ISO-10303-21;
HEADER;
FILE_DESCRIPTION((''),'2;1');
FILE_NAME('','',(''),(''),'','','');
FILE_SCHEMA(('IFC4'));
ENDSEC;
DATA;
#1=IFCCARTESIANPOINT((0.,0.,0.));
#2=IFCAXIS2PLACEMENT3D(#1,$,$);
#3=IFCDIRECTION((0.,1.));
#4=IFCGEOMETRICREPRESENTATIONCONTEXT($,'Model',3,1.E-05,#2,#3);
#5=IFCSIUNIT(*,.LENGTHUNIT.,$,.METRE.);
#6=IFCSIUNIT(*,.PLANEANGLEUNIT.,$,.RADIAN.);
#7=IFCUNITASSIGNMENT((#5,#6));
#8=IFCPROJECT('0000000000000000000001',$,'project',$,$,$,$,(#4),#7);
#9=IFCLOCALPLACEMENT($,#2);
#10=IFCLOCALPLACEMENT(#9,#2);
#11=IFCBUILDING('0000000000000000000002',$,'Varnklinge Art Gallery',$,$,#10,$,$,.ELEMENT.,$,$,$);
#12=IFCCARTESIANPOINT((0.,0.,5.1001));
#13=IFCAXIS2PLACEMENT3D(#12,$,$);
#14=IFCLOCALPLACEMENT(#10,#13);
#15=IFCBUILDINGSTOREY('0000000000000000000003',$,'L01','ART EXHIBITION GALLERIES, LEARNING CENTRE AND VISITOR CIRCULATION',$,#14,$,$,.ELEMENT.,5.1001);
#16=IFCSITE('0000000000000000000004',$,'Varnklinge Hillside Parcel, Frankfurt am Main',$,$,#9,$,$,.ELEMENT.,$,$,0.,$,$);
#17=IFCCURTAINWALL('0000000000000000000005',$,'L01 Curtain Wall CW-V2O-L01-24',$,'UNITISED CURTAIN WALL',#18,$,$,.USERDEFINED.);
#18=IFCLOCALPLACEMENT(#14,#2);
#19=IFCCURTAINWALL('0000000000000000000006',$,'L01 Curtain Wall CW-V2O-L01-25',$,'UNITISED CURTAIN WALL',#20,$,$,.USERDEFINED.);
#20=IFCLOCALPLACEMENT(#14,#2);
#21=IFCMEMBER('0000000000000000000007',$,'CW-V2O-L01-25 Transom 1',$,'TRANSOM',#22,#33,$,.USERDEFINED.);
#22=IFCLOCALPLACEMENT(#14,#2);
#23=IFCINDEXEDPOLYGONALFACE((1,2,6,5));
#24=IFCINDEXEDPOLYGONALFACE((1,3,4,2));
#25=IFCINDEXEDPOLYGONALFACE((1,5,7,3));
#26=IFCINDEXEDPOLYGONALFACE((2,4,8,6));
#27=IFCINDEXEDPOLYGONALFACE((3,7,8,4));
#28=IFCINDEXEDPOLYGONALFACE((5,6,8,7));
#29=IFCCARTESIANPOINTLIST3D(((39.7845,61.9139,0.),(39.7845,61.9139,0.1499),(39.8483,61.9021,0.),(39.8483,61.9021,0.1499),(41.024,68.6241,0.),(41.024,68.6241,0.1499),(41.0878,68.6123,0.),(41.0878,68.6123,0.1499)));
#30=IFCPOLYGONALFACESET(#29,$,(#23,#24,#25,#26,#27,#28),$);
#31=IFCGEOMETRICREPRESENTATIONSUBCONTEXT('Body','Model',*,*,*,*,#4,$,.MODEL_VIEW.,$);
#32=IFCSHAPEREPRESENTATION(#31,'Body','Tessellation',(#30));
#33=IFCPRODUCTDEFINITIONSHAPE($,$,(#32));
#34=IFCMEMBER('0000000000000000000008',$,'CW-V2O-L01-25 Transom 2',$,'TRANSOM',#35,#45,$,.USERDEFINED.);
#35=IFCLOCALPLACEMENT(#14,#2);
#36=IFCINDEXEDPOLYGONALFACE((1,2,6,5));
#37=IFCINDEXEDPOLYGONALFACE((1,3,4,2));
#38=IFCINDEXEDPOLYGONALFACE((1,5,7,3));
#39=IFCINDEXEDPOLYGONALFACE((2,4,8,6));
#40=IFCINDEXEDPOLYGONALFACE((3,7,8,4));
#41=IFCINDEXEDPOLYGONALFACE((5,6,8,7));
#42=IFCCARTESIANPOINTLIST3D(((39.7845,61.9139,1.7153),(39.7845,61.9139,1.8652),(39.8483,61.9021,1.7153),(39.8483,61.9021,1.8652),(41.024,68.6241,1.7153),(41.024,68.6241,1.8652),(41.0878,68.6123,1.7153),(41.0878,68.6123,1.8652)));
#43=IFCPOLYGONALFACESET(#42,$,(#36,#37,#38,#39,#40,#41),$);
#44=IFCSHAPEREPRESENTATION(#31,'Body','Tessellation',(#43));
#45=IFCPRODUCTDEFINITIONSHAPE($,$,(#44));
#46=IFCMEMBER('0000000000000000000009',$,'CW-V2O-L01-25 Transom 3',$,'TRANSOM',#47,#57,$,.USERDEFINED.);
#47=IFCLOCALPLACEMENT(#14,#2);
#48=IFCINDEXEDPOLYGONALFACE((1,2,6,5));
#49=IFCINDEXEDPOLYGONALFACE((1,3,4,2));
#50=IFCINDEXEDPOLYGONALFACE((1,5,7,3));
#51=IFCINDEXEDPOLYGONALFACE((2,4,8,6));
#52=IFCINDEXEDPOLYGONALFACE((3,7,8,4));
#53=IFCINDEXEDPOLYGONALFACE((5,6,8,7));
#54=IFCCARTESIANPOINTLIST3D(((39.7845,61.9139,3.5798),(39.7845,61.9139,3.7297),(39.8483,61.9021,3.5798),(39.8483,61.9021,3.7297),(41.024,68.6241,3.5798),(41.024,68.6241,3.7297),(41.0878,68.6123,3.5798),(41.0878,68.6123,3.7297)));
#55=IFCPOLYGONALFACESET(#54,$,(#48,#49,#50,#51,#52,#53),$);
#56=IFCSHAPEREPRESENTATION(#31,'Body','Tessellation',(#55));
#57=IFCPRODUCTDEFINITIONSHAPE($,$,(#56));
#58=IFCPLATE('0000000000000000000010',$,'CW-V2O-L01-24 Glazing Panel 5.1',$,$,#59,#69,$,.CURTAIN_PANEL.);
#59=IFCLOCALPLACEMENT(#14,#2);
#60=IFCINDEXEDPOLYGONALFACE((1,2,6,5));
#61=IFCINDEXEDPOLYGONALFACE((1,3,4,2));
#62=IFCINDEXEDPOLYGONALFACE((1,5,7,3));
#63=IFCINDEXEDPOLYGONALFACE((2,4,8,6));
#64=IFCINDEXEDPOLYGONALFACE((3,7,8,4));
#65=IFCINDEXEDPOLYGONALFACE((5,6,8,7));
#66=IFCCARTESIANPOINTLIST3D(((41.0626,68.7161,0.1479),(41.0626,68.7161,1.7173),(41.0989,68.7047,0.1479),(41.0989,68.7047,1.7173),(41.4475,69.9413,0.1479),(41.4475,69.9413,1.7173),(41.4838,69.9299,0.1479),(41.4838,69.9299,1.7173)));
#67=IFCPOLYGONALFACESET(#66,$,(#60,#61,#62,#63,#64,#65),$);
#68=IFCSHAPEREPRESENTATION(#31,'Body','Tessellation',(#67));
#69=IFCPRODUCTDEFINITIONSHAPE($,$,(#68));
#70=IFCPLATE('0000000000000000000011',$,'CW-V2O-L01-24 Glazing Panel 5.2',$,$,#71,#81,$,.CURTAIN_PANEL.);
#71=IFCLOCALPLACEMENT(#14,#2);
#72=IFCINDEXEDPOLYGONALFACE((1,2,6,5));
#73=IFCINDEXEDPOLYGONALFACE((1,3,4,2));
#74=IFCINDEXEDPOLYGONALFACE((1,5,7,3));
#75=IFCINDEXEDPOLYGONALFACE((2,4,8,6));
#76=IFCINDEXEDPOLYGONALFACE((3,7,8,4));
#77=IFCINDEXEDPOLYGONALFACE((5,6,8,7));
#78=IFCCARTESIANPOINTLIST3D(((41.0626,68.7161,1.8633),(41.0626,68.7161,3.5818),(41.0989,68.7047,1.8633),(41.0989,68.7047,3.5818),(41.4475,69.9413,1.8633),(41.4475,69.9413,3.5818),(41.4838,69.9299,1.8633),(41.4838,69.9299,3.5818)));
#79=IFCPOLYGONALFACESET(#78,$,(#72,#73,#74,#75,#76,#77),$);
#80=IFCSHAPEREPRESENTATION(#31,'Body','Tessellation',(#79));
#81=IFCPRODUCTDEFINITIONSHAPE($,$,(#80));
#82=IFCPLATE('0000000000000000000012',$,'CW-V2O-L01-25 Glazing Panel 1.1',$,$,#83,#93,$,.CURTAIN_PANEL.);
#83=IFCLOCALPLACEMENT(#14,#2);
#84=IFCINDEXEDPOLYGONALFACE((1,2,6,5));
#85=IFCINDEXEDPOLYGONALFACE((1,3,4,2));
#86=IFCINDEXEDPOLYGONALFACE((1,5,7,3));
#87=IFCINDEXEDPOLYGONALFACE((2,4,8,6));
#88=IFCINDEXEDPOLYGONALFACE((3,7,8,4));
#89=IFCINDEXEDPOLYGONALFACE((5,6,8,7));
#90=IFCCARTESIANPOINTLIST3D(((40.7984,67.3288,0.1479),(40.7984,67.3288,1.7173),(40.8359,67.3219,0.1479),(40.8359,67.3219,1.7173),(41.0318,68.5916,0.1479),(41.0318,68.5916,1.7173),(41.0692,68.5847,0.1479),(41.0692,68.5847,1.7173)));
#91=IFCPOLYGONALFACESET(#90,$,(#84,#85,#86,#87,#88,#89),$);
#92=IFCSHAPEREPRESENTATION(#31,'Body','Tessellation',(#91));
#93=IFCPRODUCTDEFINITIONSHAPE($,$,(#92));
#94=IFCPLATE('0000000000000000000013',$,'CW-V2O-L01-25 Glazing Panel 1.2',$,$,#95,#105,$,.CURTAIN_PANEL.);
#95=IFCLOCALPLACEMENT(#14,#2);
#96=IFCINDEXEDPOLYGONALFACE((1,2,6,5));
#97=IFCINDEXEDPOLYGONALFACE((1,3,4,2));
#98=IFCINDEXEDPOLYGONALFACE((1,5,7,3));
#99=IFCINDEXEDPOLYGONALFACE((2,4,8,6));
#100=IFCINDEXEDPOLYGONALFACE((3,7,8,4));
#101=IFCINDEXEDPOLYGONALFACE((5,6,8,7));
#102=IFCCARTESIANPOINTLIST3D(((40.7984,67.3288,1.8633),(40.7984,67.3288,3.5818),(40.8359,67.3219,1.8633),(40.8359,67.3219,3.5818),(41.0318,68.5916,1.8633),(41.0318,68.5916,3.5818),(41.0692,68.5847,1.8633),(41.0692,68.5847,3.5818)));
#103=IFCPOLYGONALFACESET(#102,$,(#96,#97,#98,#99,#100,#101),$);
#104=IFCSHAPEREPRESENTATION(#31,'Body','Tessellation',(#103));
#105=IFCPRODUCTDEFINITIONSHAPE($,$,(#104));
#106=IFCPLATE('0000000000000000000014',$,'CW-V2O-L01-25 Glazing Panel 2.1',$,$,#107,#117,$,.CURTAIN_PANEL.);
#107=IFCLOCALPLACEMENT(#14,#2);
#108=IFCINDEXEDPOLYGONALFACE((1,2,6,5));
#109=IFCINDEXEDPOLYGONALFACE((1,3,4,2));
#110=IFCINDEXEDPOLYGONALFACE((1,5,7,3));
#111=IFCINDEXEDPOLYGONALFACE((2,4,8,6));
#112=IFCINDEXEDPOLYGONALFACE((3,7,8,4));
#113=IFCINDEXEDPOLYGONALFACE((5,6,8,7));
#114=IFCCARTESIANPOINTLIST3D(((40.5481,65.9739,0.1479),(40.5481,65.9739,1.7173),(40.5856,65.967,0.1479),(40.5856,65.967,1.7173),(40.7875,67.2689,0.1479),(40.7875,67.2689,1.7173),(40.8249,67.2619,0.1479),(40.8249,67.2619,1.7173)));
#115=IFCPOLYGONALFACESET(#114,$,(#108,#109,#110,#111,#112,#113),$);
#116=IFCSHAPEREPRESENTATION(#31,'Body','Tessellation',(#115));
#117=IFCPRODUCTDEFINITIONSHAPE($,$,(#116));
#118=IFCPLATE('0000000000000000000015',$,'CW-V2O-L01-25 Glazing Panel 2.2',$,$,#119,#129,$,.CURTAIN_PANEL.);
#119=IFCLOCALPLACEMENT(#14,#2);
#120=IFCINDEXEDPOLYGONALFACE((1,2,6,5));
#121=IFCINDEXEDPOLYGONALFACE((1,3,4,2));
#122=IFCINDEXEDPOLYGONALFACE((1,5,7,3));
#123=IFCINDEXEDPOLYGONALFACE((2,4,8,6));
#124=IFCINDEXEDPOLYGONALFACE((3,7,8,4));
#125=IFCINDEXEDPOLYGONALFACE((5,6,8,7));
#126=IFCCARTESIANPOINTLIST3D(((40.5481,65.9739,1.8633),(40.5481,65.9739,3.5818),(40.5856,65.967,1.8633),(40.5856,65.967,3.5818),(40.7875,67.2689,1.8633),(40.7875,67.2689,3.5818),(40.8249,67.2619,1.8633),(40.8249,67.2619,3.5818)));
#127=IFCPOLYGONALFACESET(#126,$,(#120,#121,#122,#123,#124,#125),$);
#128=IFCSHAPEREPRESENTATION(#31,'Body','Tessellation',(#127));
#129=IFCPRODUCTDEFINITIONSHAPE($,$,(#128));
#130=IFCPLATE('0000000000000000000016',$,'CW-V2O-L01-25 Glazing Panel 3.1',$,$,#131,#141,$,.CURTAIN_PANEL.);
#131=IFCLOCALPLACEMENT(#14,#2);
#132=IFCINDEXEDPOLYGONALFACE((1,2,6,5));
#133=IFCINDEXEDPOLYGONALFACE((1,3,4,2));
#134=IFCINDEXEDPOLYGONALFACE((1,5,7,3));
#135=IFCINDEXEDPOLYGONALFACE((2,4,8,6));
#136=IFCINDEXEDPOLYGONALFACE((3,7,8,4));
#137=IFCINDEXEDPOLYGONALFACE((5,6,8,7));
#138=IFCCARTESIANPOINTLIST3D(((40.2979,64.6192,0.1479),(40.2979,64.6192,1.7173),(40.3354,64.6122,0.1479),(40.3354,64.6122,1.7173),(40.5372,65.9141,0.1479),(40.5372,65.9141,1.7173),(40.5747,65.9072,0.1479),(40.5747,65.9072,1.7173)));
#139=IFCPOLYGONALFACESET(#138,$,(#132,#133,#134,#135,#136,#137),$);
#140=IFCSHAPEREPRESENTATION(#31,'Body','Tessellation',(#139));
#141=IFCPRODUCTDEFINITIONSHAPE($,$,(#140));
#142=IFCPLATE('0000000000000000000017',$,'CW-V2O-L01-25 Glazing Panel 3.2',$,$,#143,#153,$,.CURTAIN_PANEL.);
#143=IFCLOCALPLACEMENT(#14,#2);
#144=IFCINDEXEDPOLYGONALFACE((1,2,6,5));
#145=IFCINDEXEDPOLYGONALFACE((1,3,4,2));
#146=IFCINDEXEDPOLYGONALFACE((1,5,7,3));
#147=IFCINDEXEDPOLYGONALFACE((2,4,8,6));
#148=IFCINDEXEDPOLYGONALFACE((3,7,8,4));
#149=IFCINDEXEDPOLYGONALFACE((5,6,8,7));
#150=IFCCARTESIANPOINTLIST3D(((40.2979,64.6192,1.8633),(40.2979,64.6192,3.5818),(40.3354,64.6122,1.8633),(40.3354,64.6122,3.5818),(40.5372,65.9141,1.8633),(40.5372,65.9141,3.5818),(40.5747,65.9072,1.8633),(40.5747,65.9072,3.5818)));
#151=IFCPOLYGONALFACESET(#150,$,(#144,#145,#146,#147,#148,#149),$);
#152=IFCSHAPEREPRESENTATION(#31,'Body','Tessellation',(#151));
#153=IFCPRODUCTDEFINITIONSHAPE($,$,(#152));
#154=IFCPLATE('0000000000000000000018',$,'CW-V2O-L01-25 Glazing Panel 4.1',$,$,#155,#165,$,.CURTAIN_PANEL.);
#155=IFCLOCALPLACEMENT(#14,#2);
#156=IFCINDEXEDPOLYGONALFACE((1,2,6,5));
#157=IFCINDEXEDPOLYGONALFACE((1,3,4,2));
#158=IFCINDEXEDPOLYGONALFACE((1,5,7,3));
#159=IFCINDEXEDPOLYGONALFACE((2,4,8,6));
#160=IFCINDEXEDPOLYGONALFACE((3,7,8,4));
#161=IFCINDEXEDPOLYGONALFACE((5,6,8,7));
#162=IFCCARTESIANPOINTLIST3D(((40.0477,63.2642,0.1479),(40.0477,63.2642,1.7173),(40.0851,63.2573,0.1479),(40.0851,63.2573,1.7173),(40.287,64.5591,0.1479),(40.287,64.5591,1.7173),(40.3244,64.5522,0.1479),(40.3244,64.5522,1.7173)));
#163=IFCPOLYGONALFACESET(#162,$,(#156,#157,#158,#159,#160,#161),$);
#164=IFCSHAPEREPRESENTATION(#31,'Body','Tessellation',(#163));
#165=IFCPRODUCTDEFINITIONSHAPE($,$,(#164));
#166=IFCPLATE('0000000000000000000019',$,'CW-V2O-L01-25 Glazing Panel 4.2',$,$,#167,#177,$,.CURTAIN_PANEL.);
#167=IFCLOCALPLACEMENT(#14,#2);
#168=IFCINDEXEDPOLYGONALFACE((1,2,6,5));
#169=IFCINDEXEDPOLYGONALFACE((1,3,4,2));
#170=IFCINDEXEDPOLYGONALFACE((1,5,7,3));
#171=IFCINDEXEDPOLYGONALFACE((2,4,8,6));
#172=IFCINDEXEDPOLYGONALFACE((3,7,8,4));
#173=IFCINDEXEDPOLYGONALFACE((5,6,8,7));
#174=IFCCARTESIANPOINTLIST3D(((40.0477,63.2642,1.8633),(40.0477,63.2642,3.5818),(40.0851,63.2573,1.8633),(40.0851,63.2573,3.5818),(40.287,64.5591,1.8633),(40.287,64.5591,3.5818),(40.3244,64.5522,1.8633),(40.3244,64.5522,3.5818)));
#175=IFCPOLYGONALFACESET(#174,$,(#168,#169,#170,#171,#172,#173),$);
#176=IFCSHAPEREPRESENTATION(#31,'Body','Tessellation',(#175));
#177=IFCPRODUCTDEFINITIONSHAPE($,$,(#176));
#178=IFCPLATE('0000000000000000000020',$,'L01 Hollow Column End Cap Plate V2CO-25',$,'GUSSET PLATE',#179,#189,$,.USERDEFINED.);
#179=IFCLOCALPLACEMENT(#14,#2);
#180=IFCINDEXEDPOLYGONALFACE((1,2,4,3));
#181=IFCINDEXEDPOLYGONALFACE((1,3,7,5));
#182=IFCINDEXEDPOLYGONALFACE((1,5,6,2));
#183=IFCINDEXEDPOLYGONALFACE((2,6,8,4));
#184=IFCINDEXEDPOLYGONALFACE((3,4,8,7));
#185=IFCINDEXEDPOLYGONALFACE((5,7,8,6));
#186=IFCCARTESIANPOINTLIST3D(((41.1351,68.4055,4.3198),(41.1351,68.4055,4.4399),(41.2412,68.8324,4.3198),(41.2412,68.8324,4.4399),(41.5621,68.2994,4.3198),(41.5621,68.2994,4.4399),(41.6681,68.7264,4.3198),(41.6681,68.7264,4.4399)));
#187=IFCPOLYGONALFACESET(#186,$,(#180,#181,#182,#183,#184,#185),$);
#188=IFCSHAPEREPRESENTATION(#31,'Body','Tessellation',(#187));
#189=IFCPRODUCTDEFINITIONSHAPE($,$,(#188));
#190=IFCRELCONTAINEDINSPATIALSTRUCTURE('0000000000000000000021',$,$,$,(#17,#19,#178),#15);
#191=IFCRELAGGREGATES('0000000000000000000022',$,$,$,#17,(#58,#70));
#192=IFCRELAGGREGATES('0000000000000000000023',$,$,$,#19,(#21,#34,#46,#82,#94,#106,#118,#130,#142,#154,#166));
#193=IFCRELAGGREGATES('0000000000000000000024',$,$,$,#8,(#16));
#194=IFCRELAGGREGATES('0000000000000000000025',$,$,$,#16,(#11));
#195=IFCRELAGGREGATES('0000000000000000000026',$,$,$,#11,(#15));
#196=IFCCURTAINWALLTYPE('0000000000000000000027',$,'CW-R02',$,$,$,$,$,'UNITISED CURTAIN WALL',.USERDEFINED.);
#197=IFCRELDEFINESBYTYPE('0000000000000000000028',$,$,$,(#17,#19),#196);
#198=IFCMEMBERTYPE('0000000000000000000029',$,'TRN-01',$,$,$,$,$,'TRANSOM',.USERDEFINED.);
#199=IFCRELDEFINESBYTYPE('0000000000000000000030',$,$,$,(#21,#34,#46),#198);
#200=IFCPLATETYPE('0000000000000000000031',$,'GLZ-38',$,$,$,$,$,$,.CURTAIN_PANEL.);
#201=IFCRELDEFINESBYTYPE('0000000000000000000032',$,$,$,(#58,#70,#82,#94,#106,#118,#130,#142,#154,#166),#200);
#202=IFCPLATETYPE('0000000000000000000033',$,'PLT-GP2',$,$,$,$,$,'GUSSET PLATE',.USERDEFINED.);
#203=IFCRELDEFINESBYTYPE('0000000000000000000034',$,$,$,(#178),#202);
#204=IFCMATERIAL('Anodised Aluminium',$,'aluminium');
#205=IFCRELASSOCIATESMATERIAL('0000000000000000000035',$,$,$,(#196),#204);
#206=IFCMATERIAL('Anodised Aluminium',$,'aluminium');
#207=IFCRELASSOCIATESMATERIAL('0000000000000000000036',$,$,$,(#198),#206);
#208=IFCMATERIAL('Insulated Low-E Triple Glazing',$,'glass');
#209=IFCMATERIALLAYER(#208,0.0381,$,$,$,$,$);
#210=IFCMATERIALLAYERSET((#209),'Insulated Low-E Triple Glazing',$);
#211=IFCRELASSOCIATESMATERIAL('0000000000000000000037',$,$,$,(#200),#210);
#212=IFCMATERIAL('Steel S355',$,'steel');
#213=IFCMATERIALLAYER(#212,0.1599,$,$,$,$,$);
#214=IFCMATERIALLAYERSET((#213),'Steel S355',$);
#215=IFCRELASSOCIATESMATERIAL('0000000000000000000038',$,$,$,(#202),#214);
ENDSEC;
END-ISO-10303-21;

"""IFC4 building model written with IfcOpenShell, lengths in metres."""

from ifc_helpers import new_model, si_unit, direction, frame, origin, origin_2d, place, context, subcontext, project, spatial, rectangle, extrude, material, layer, layer_set, material_profile, profile_set, type_object, element, aggregate, save


model = new_model("IFC4")

# Units and contexts
model_context = context("Model", 3, precision=1e-05, world=origin(), true_north=direction((0.0, 1.0)))
body_context = subcontext(model_context, "Body", "Model", "MODEL_VIEW")
ifc_project = project(units=[si_unit("LENGTHUNIT", "METRE"), si_unit("PLANEANGLEUNIT", "RADIAN")], contexts=[model_context])

# Site, building, storey
site_placement = place(None, origin())
site = spatial("IfcSite", under=ifc_project, at=site_placement, Name="Varnklinge Hillside Parcel, Frankfurt am Main", CompositionType="ELEMENT", RefElevation=0.0)
building_placement = place(site_placement, origin())
building = spatial("IfcBuilding", under=site, at=building_placement, Name="Varnklinge Art Gallery", CompositionType="ELEMENT")
storey_placement = place(building_placement, frame((0.0, 0.0, 5.1001)))
storey = spatial("IfcBuildingStorey", under=building, at=storey_placement, Name="L01", Description="ART EXHIBITION GALLERIES, LEARNING CENTRE AND VISITOR CIRCULATION", CompositionType="ELEMENT", Elevation=5.1001)

# Curtain walls
ifc_material_1 = material(Name="Anodised Aluminium", Category="aluminium")
curtain_wall_type = type_object("IfcCurtainWallType", Name="CW-R02", ElementType="UNITISED CURTAIN WALL", PredefinedType="USERDEFINED", material=ifc_material_1)
curtain_wall_1_placement = place(storey_placement, origin())
curtain_wall_1 = element("IfcCurtainWall", 1, at=curtain_wall_1_placement, inside=storey, type_object=curtain_wall_type, Name="L01 Curtain Wall CW-V2O-L01-24", ObjectType="UNITISED CURTAIN WALL", PredefinedType="USERDEFINED")
curtain_wall_2_placement = place(storey_placement, origin())
curtain_wall_2 = element("IfcCurtainWall", 2, at=curtain_wall_2_placement, inside=storey, type_object=curtain_wall_type, Name="L01 Curtain Wall CW-V2O-L01-25", ObjectType="UNITISED CURTAIN WALL", PredefinedType="USERDEFINED")

# Members
ifc_material_2 = material(Name="Anodised Aluminium", Category="aluminium")
ifc_material_profile_1 = material_profile(ifc_material_2, rectangle(XDim=0.0649, YDim=0.1499, at=origin_2d()), Name="ALU 65x150")
ifc_profile_set_1 = profile_set([ifc_material_profile_1], Name="Anodised Aluminium")
member_type_1 = type_object("IfcMemberType", Name="TRN-01", ElementType="TRANSOM", PredefinedType="USERDEFINED", material=ifc_profile_set_1)
member_1_placement = place(storey_placement, frame((41.0559, 68.6182, 0.075), z_axis=(-0.181646, -0.983364, 0.0), x_axis=(0.983364, -0.181646, 0.0)))
member_1 = element("IfcMember", 3, at=member_1_placement, type_object=member_type_1, Name="CW-V2O-L01-25 Transom 1", ObjectType="TRANSOM", PredefinedType="USERDEFINED", context=body_context, shape_type="SweptSolid", body=[
    extrude(rectangle(XDim=0.0649, YDim=0.1499, at=origin_2d()), origin(), (0.0, 0.0, 1.0), 6.8237),
])
member_2_placement = place(storey_placement, frame((41.0559, 68.6182, 1.7903), z_axis=(-0.181646, -0.983364, 0.0), x_axis=(0.983364, -0.181646, 0.0)))
member_2 = element("IfcMember", 4, at=member_2_placement, type_object=member_type_1, Name="CW-V2O-L01-25 Transom 2", ObjectType="TRANSOM", PredefinedType="USERDEFINED", context=body_context, shape_type="SweptSolid", body=[
    extrude(rectangle(XDim=0.0649, YDim=0.1499, at=origin_2d()), origin(), (0.0, 0.0, 1.0), 6.8237),
])
member_3_placement = place(storey_placement, frame((41.0559, 68.6182, 3.6548), z_axis=(-0.181646, -0.983364, 0.0), x_axis=(0.983364, -0.181646, 0.0)))
member_3 = element("IfcMember", 5, at=member_3_placement, type_object=member_type_1, Name="CW-V2O-L01-25 Transom 3", ObjectType="TRANSOM", PredefinedType="USERDEFINED", context=body_context, shape_type="SweptSolid", body=[
    extrude(rectangle(XDim=0.0649, YDim=0.1499, at=origin_2d()), origin(), (0.0, 0.0, 1.0), 6.8237),
])

# Plates
ifc_material_3 = material(Name="Insulated Low-E Triple Glazing", Category="glass")
ifc_layer_1 = layer(ifc_material_3, 0.0381)
ifc_layer_set_1 = layer_set([ifc_layer_1], Name="Insulated Low-E Triple Glazing")
plate_type_1 = type_object("IfcPlateType", Name="GLZ-38", PredefinedType="CURTAIN_PANEL", material=ifc_layer_set_1)
plate_1_placement = place(storey_placement, frame((41.2732, 69.323, 0.1479), z_axis=(0.0, 0.0, 1.0), x_axis=(-0.299707, -0.954031, 0.0)))
plate_1 = element("IfcPlate", 6, at=plate_1_placement, type_object=plate_type_1, Name="CW-V2O-L01-24 Glazing Panel 5.1", PredefinedType="CURTAIN_PANEL", context=body_context, shape_type="SweptSolid", body=[
    extrude(rectangle(XDim=1.2842, YDim=0.0381, at=origin_2d()), origin(), (0.0, 0.0, 1.0), 1.5693),
])
plate_2_placement = place(storey_placement, frame((41.2732, 69.323, 1.8633), z_axis=(0.0, 0.0, 1.0), x_axis=(-0.299707, -0.954031, 0.0)))
plate_2 = element("IfcPlate", 7, at=plate_2_placement, type_object=plate_type_1, Name="CW-V2O-L01-24 Glazing Panel 5.2", PredefinedType="CURTAIN_PANEL", context=body_context, shape_type="SweptSolid", body=[
    extrude(rectangle(XDim=1.2842, YDim=0.0381, at=origin_2d()), origin(), (0.0, 0.0, 1.0), 1.7185),
])
aggregate(curtain_wall_1, [plate_1, plate_2])
plate_3_placement = place(storey_placement, frame((40.9338, 67.9568, 0.1479), z_axis=(0.0, 0.0, 1.0), x_axis=(-0.181721, -0.98335, 0.0)))
plate_3 = element("IfcPlate", 8, at=plate_3_placement, type_object=plate_type_1, Name="CW-V2O-L01-25 Glazing Panel 1.1", PredefinedType="CURTAIN_PANEL", context=body_context, shape_type="SweptSolid", body=[
    extrude(rectangle(XDim=1.2842, YDim=0.0381, at=origin_2d()), origin(), (0.0, 0.0, 1.0), 1.5693),
])
plate_4_placement = place(storey_placement, frame((40.9338, 67.9568, 1.8633), z_axis=(0.0, 0.0, 1.0), x_axis=(-0.181721, -0.98335, 0.0)))
plate_4 = element("IfcPlate", 9, at=plate_4_placement, type_object=plate_type_1, Name="CW-V2O-L01-25 Glazing Panel 1.2", PredefinedType="CURTAIN_PANEL", context=body_context, shape_type="SweptSolid", body=[
    extrude(rectangle(XDim=1.2842, YDim=0.0381, at=origin_2d()), origin(), (0.0, 0.0, 1.0), 1.7185),
])
plate_5_placement = place(storey_placement, frame((40.6865, 66.6179, 0.1479), z_axis=(0.0, 0.0, 1.0), x_axis=(-0.181721, -0.98335, 0.0)))
plate_5 = element("IfcPlate", 10, at=plate_5_placement, type_object=plate_type_1, Name="CW-V2O-L01-25 Glazing Panel 2.1", PredefinedType="CURTAIN_PANEL", context=body_context, shape_type="SweptSolid", body=[
    extrude(rectangle(XDim=1.3169, YDim=0.0381, at=origin_2d()), origin(), (0.0, 0.0, 1.0), 1.5693),
])
plate_6_placement = place(storey_placement, frame((40.6865, 66.6179, 1.8633), z_axis=(0.0, 0.0, 1.0), x_axis=(-0.181721, -0.98335, 0.0)))
plate_6 = element("IfcPlate", 11, at=plate_6_placement, type_object=plate_type_1, Name="CW-V2O-L01-25 Glazing Panel 2.2", PredefinedType="CURTAIN_PANEL", context=body_context, shape_type="SweptSolid", body=[
    extrude(rectangle(XDim=1.3169, YDim=0.0381, at=origin_2d()), origin(), (0.0, 0.0, 1.0), 1.7185),
])
plate_7_placement = place(storey_placement, frame((40.4363, 65.2632, 0.1479), z_axis=(0.0, 0.0, 1.0), x_axis=(-0.181721, -0.98335, 0.0)))
plate_7 = element("IfcPlate", 12, at=plate_7_placement, type_object=plate_type_1, Name="CW-V2O-L01-25 Glazing Panel 3.1", PredefinedType="CURTAIN_PANEL", context=body_context, shape_type="SweptSolid", body=[
    extrude(rectangle(XDim=1.3169, YDim=0.0381, at=origin_2d()), origin(), (0.0, 0.0, 1.0), 1.5693),
])
plate_8_placement = place(storey_placement, frame((40.4363, 65.2632, 1.8633), z_axis=(0.0, 0.0, 1.0), x_axis=(-0.181721, -0.98335, 0.0)))
plate_8 = element("IfcPlate", 13, at=plate_8_placement, type_object=plate_type_1, Name="CW-V2O-L01-25 Glazing Panel 3.2", PredefinedType="CURTAIN_PANEL", context=body_context, shape_type="SweptSolid", body=[
    extrude(rectangle(XDim=1.3169, YDim=0.0381, at=origin_2d()), origin(), (0.0, 0.0, 1.0), 1.7185),
])
plate_9_placement = place(storey_placement, frame((40.186, 63.9082, 0.1479), z_axis=(0.0, 0.0, 1.0), x_axis=(-0.181721, -0.98335, 0.0)))
plate_9 = element("IfcPlate", 14, at=plate_9_placement, type_object=plate_type_1, Name="CW-V2O-L01-25 Glazing Panel 4.1", PredefinedType="CURTAIN_PANEL", context=body_context, shape_type="SweptSolid", body=[
    extrude(rectangle(XDim=1.3169, YDim=0.0381, at=origin_2d()), origin(), (0.0, 0.0, 1.0), 1.5693),
])
plate_10_placement = place(storey_placement, frame((40.186, 63.9082, 1.8633), z_axis=(0.0, 0.0, 1.0), x_axis=(-0.181721, -0.98335, 0.0)))
plate_10 = element("IfcPlate", 15, at=plate_10_placement, type_object=plate_type_1, Name="CW-V2O-L01-25 Glazing Panel 4.2", PredefinedType="CURTAIN_PANEL", context=body_context, shape_type="SweptSolid", body=[
    extrude(rectangle(XDim=1.3169, YDim=0.0381, at=origin_2d()), origin(), (0.0, 0.0, 1.0), 1.7185),
])
aggregate(curtain_wall_2, [member_1, member_2, member_3, plate_3, plate_4, plate_5, plate_6, plate_7, plate_8, plate_9, plate_10])
ifc_material_4 = material(Name="Steel S355", Category="steel")
ifc_layer_2 = layer(ifc_material_4, 0.1599)
ifc_layer_set_2 = layer_set([ifc_layer_2], Name="Steel S355")
plate_type_2 = type_object("IfcPlateType", Name="PLT-GP2", ElementType="GUSSET PLATE", PredefinedType="USERDEFINED", material=ifc_layer_set_2)
plate_11_placement = place(storey_placement, frame((41.4016, 68.5659, 4.3198), z_axis=(0.0, 0.0, 1.0), x_axis=(0.970506, -0.241075, 0.0)))
element("IfcPlate", 16, at=plate_11_placement, inside=storey, type_object=plate_type_2, Name="L01 Hollow Column End Cap Plate V2CO-25", ObjectType="GUSSET PLATE", PredefinedType="USERDEFINED", context=body_context, shape_type="SweptSolid", body=[
    extrude(rectangle(XDim=0.4399, YDim=0.4399, at=origin_2d()), origin(), (0.0, 0.0, 1.0), 0.1201),
])

save(model, "model.ifc")
